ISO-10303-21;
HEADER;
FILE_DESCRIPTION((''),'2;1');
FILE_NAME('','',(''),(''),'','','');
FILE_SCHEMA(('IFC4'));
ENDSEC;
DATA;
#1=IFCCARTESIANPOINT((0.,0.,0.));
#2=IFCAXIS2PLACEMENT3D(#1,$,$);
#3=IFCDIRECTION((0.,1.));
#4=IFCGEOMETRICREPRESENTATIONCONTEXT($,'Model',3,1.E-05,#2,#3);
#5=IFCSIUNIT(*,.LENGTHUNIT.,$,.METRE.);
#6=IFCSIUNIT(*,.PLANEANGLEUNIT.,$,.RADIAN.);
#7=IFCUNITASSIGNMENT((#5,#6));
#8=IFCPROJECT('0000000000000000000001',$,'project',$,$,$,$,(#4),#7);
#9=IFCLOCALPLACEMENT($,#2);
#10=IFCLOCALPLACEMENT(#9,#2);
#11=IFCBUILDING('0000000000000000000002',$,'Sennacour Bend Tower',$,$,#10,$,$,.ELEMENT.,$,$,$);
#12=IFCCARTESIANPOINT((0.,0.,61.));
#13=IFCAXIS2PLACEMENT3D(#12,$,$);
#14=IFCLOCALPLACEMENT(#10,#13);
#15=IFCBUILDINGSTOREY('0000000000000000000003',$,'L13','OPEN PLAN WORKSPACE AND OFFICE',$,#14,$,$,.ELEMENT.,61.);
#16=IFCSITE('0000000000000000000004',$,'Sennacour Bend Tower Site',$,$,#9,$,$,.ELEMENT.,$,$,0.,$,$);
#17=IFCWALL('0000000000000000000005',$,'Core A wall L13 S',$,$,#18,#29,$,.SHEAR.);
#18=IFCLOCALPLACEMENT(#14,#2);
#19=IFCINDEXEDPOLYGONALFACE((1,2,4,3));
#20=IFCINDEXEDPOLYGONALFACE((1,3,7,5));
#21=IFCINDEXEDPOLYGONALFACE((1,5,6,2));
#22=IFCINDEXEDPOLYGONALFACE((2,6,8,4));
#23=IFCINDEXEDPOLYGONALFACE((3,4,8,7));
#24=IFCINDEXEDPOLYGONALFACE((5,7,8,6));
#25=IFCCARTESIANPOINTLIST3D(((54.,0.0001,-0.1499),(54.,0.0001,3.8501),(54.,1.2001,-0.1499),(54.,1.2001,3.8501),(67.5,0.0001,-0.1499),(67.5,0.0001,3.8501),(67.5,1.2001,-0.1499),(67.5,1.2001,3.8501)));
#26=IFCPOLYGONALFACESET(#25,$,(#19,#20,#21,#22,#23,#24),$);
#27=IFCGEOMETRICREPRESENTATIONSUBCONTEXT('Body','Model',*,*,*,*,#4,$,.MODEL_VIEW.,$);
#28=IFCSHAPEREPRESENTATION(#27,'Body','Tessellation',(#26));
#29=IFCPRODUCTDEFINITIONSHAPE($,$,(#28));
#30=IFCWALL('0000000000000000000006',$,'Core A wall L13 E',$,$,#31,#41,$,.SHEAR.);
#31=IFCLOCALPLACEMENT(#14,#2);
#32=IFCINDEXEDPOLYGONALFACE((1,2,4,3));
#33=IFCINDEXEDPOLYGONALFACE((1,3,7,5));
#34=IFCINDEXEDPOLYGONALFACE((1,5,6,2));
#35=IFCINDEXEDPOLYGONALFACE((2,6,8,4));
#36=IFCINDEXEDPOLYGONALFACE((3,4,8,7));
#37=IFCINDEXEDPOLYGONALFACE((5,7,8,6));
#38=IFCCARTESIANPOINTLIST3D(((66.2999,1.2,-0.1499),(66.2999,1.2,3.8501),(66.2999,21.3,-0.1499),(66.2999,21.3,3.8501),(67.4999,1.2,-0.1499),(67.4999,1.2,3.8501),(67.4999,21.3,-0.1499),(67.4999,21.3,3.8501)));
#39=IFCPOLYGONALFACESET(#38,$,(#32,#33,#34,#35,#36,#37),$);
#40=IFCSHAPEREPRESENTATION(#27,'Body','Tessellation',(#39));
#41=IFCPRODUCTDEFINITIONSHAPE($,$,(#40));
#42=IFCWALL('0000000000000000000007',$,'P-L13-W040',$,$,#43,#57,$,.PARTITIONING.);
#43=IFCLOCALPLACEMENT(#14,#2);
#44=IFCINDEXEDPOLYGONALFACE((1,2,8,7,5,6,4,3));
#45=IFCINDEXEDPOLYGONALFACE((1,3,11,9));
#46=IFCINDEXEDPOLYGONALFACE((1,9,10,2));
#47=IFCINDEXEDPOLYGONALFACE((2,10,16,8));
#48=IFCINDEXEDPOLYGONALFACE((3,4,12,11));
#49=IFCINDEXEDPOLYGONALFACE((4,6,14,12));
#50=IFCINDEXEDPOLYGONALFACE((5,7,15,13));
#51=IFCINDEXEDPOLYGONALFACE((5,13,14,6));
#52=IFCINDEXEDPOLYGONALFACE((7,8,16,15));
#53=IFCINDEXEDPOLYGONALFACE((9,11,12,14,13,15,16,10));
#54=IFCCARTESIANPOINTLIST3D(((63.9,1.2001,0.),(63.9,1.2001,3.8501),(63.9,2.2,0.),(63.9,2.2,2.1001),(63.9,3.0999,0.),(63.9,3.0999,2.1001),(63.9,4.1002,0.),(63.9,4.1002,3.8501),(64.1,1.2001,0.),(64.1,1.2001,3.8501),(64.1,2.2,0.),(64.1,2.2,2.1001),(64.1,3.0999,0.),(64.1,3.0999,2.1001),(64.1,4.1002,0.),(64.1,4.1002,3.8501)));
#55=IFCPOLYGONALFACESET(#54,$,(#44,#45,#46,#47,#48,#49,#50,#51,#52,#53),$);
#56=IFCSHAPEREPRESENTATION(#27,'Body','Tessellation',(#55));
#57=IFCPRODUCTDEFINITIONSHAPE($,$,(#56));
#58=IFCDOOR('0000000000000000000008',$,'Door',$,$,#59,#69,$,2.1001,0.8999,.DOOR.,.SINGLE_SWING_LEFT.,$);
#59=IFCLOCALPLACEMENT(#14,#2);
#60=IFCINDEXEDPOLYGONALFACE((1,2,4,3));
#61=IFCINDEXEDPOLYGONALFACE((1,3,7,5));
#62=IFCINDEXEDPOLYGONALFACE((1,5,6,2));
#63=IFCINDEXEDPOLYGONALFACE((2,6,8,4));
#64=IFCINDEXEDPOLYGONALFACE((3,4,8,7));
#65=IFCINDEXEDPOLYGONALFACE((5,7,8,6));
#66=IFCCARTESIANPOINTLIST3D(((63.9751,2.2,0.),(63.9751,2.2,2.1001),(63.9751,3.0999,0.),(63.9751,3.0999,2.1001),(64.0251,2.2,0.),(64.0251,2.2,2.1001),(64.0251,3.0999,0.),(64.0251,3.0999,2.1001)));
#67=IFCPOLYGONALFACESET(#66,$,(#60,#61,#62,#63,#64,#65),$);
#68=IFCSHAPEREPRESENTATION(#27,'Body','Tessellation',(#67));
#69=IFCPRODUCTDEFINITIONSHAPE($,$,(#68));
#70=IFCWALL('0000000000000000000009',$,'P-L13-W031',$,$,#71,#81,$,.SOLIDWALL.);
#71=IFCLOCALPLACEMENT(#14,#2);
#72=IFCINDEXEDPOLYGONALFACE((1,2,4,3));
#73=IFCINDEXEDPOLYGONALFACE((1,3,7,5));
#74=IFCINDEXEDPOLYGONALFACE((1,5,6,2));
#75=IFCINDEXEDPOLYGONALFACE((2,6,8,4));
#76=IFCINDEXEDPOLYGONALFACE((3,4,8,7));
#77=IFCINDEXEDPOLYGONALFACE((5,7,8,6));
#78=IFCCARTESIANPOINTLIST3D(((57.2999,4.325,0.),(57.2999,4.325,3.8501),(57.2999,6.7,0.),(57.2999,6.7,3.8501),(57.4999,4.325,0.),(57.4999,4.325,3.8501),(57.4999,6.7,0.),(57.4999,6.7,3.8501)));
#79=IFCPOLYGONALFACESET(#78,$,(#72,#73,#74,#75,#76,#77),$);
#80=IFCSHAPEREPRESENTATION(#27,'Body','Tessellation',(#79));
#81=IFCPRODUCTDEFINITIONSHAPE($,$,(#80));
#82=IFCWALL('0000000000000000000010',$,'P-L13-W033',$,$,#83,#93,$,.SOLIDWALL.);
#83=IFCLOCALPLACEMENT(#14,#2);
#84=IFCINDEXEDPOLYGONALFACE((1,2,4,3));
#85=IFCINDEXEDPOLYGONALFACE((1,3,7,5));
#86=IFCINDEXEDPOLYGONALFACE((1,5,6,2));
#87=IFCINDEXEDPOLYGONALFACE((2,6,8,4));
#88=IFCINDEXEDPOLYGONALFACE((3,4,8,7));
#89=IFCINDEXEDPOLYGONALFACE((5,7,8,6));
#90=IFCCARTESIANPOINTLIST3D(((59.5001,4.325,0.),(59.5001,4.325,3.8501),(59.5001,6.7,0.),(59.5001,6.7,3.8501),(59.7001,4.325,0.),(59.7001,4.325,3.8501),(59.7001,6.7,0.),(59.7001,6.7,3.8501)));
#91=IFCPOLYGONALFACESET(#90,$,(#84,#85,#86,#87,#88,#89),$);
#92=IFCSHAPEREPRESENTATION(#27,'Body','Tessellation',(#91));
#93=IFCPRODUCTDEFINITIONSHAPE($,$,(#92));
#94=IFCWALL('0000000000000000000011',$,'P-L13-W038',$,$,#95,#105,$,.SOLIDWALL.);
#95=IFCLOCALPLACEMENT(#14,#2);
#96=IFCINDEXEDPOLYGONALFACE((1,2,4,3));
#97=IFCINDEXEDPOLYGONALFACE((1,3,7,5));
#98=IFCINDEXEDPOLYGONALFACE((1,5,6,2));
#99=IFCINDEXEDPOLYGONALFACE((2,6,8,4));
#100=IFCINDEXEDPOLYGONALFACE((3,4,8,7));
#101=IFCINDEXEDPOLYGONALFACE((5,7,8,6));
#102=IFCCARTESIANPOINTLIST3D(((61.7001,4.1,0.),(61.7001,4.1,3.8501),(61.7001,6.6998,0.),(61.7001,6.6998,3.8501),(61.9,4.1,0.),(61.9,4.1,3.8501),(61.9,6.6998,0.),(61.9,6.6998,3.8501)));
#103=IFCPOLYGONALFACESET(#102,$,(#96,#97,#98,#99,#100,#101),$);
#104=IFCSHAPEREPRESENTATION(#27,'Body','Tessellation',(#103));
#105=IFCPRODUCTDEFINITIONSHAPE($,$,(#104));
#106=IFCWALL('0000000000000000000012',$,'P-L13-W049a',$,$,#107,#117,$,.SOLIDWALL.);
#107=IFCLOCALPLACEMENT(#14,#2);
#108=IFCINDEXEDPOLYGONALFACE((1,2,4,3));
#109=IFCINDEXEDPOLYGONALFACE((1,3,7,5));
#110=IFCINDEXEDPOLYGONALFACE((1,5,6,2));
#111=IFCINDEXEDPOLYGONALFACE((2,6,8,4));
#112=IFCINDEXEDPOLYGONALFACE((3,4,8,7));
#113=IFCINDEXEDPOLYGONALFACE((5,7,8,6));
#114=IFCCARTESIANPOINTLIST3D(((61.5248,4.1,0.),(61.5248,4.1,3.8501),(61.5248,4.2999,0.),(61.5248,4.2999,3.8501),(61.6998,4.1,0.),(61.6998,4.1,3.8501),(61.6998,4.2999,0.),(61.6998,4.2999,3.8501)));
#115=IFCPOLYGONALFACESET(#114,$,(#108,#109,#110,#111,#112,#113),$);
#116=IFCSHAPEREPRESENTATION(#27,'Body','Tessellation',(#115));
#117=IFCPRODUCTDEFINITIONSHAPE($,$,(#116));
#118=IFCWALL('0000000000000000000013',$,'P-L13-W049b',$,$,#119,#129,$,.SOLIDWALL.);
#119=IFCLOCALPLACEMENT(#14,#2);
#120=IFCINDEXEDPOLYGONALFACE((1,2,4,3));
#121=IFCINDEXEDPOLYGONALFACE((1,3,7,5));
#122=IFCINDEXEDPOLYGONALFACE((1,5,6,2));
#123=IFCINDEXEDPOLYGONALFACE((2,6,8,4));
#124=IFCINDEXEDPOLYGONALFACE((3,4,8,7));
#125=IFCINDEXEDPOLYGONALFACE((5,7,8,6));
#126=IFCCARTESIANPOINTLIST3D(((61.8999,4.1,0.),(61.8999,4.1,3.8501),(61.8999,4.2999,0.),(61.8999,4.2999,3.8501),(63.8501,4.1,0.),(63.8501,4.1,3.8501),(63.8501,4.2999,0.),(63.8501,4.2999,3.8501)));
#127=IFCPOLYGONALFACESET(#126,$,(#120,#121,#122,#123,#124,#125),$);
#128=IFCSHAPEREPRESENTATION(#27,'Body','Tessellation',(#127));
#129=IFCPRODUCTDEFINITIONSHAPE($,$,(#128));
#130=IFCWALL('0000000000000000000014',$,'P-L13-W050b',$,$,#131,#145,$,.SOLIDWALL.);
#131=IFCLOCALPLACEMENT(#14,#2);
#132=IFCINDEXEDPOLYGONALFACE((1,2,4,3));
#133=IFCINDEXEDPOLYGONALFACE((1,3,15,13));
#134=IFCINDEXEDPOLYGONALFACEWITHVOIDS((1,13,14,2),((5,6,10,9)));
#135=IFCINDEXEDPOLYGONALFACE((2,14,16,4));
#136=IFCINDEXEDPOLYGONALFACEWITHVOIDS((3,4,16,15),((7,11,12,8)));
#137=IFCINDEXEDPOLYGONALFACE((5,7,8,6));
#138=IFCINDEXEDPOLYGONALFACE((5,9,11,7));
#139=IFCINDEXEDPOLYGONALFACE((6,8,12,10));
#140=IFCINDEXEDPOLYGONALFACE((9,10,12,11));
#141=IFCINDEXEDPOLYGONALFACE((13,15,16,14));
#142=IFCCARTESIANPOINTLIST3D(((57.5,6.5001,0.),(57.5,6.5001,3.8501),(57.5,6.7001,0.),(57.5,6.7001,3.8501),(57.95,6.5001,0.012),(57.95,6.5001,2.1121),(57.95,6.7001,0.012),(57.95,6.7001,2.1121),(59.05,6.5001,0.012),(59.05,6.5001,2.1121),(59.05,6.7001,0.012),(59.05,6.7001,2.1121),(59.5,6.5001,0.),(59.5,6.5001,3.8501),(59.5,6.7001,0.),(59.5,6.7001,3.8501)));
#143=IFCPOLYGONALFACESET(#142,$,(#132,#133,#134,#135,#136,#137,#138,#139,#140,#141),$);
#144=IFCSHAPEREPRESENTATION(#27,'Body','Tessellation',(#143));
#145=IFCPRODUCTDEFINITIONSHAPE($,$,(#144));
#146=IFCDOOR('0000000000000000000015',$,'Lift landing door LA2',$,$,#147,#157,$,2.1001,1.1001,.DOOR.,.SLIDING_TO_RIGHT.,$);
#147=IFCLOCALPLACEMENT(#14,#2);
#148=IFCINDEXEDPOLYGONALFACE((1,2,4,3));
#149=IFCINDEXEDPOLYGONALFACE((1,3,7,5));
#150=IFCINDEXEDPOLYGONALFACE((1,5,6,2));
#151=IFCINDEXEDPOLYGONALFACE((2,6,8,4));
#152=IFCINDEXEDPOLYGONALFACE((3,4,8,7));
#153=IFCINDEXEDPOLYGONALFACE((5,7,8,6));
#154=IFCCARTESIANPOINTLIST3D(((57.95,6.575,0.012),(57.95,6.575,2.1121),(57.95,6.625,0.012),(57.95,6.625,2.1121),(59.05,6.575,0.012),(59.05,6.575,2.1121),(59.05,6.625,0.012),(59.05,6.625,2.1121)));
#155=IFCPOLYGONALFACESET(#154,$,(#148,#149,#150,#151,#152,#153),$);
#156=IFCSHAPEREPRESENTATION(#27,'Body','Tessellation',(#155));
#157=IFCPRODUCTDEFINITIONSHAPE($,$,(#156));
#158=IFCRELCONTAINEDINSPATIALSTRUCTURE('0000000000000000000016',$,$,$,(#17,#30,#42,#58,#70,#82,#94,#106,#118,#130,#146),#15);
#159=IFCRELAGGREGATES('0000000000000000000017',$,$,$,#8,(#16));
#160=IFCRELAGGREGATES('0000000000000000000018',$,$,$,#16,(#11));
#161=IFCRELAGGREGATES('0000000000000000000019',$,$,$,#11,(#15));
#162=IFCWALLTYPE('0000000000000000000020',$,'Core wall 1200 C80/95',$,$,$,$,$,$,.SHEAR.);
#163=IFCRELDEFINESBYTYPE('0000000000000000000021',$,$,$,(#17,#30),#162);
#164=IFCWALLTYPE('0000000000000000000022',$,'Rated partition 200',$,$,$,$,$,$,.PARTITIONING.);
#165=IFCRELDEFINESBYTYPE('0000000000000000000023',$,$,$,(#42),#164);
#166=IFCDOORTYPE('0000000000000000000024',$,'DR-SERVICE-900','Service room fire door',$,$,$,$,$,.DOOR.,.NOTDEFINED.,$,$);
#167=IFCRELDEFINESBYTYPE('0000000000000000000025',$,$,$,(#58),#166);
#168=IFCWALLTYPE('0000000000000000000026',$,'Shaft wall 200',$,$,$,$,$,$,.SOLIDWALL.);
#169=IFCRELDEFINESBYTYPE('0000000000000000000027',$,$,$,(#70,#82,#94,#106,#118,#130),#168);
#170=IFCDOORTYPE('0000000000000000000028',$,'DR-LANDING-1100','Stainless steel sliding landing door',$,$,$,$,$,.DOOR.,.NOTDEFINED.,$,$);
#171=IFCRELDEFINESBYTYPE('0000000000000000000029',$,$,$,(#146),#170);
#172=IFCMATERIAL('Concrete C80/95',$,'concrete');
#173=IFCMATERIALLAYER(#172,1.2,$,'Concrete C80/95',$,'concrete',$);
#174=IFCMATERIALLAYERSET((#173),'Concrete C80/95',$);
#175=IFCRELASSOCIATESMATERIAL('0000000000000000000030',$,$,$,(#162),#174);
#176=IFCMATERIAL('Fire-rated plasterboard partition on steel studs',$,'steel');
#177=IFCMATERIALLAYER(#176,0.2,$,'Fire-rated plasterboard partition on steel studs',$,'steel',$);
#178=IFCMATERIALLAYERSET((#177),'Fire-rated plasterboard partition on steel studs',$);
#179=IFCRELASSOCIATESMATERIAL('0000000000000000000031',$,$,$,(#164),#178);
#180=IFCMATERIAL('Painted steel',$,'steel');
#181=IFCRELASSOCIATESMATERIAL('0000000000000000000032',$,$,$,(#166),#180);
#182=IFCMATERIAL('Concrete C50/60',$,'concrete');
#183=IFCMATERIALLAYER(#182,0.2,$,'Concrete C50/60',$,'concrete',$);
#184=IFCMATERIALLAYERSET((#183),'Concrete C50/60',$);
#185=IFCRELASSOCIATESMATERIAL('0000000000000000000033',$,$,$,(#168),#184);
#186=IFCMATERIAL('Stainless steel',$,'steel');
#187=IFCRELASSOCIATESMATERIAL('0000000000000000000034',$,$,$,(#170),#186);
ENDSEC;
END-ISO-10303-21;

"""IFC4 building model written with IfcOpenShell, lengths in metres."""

from ifc_helpers import new_model, si_unit, direction, frame, frame_2d, origin, place, context, subcontext, project, spatial, rectangle, extrude, material, layer, layer_set, type_object, element, fill, save


model = new_model("IFC4")

# Units and contexts
model_context = context("Model", 3, precision=1e-05, world=origin(), true_north=direction((0.0, 1.0)))
body_context = subcontext(model_context, "Body", "Model", "MODEL_VIEW")
ifc_project = project(units=[si_unit("LENGTHUNIT", "METRE"), si_unit("PLANEANGLEUNIT", "RADIAN")], contexts=[model_context])

# Site, building, storey
site_placement = place(None, origin())
site = spatial("IfcSite", under=ifc_project, at=site_placement, Name="Sennacour Bend Tower Site", CompositionType="ELEMENT", RefElevation=0.0)
building_placement = place(site_placement, origin())
building = spatial("IfcBuilding", under=site, at=building_placement, Name="Sennacour Bend Tower", CompositionType="ELEMENT")
storey_placement = place(building_placement, frame((0.0, 0.0, 61.0)))
storey = spatial("IfcBuildingStorey", under=building, at=storey_placement, Name="L13", Description="OPEN PLAN WORKSPACE AND OFFICE", CompositionType="ELEMENT", Elevation=61.0)

# Walls
ifc_material_1 = material(Name="Concrete C80/95", Category="concrete")
ifc_layer_1 = layer(ifc_material_1, 1.2, Name="Concrete C80/95", Category="concrete")
ifc_layer_set_1 = layer_set([ifc_layer_1], Name="Concrete C80/95")
wall_type_1 = type_object("IfcWallType", Name="Core wall 1200 C80/95", PredefinedType="SHEAR", material=ifc_layer_set_1)
wall_1_placement = place(storey_placement, frame((67.5, 0.6001, -0.1499), z_axis=(0.0, 0.0, 1.0), x_axis=(-1.0, 0.0, 0.0)))
element("IfcWall", 1, at=wall_1_placement, inside=storey, type_object=wall_type_1, Name="Core A wall L13 S", PredefinedType="SHEAR", context=body_context, shape_type="SweptSolid", body=[
    extrude(rectangle(XDim=13.5, YDim=1.2, at=frame_2d((6.75, 0.0))), origin(), (0.0, 0.0, 1.0), 4.0),
])
wall_2_placement = place(storey_placement, frame((66.8999, 1.2, -0.1499), z_axis=(0.0, 0.0, 1.0), x_axis=(0.0, 1.0, 0.0)))
element("IfcWall", 2, at=wall_2_placement, inside=storey, type_object=wall_type_1, Name="Core A wall L13 E", PredefinedType="SHEAR", context=body_context, shape_type="SweptSolid", body=[
    extrude(rectangle(XDim=20.1001, YDim=1.2, at=frame_2d((10.05, 0.0))), origin(), (0.0, 0.0, 1.0), 4.0),
])

# Wall, opening, door
ifc_material_2 = material(Name="Fire-rated plasterboard partition on steel studs", Category="steel")
ifc_layer_2 = layer(ifc_material_2, 0.2, Name="Fire-rated plasterboard partition on steel studs", Category="steel")
ifc_layer_set_2 = layer_set([ifc_layer_2], Name="Fire-rated plasterboard partition on steel studs")
wall_type_2 = type_object("IfcWallType", Name="Rated partition 200", PredefinedType="PARTITIONING", material=ifc_layer_set_2)
wall_3_placement = place(storey_placement, frame((64.0, 1.2, 0.0), z_axis=(0.0, 0.0, 1.0), x_axis=(0.0, 1.0, 0.0)))
wall_3 = element("IfcWall", 3, at=wall_3_placement, inside=storey, type_object=wall_type_2, Name="P-L13-W040", PredefinedType="PARTITIONING", context=body_context, shape_type="SweptSolid", body=[
    extrude(rectangle(XDim=2.9001, YDim=0.2, at=frame_2d((1.4502, 0.0))), origin(), (0.0, 0.0, 1.0), 3.8501),
])
opening_1_placement = place(wall_3_placement, frame((1.0, 0.0, 0.0)))
opening_1 = element("IfcOpeningElement", 4, at=opening_1_placement, cuts=wall_3, PredefinedType="OPENING", context=body_context, shape_type="SweptSolid", body=[
    extrude(rectangle(XDim=0.8999, YDim=2.1001, at=frame_2d((0.45, 1.05))), frame((0.0, 0.1099, 0.0), z_axis=(0.0, -1.0, 0.0), x_axis=(1.0, 0.0, 0.0)), (0.0, 0.0, 1.0), 0.22),
])
ifc_material_3 = material(Name="Painted steel", Category="steel")
door_type_1 = type_object("IfcDoorType", Name="DR-SERVICE-900", Description="Service room fire door", OperationType="NOTDEFINED", PredefinedType="DOOR", material=ifc_material_3)
door_1_placement = place(opening_1_placement, origin())
door_1 = element("IfcDoor", 5, at=door_1_placement, inside=storey, type_object=door_type_1, Name="Door", OperationType="SINGLE_SWING_LEFT", OverallHeight=2.1001, OverallWidth=0.8999, PredefinedType="DOOR", context=body_context, shape_type="SweptSolid", body=[
    extrude(rectangle(XDim=0.8999, YDim=2.1001, at=frame_2d((0.45, 1.05))), frame((0.0, 0.0249, 0.0), z_axis=(0.0, -1.0, 0.0), x_axis=(1.0, 0.0, 0.0)), (0.0, 0.0, 1.0), 0.05),
])
fill(opening_1, door_1)

# Walls
ifc_material_4 = material(Name="Concrete C50/60", Category="concrete")
ifc_layer_3 = layer(ifc_material_4, 0.2, Name="Concrete C50/60", Category="concrete")
ifc_layer_set_3 = layer_set([ifc_layer_3], Name="Concrete C50/60")
wall_type_3 = type_object("IfcWallType", Name="Shaft wall 200", PredefinedType="SOLIDWALL", material=ifc_layer_set_3)
for number, where, z_axis, x_axis, name in (
    (6, (57.3999, 4.325, 0.0), (0.0, 0.0, 1.0), (0.0, 1.0, 0.0), "P-L13-W031"),
    (7, (59.6001, 4.325, 0.0), (0.0, 0.0, 1.0), (0.0, 1.0, 0.0), "P-L13-W033"),
):
    element("IfcWall", number, at=place(storey_placement, frame(where, z_axis=z_axis, x_axis=x_axis)), inside=storey, type_object=wall_type_3, Name=name, PredefinedType="SOLIDWALL", context=body_context, shape_type="SweptSolid", body=[
        extrude(rectangle(XDim=2.375, YDim=0.2, at=frame_2d((1.1875, 0.0))), origin(), (0.0, 0.0, 1.0), 3.8501),
    ])
wall_4_placement = place(storey_placement, frame((61.8, 4.1001, 0.0), z_axis=(0.0, 0.0, 1.0), x_axis=(0.0, 1.0, 0.0)))
element("IfcWall", 8, at=wall_4_placement, inside=storey, type_object=wall_type_3, Name="P-L13-W038", PredefinedType="SOLIDWALL", context=body_context, shape_type="SweptSolid", body=[
    extrude(rectangle(XDim=2.5999, YDim=0.2, at=frame_2d((1.2998, 0.0))), origin(), (0.0, 0.0, 1.0), 3.8501),
])
wall_5_placement = place(storey_placement, frame((61.5249, 4.2, 0.0), z_axis=(0.0, 0.0, 1.0), x_axis=(1.0, 0.0, 0.0)))
element("IfcWall", 9, at=wall_5_placement, inside=storey, type_object=wall_type_3, Name="P-L13-W049a", PredefinedType="SOLIDWALL", context=body_context, shape_type="SweptSolid", body=[
    extrude(rectangle(XDim=0.175, YDim=0.2, at=frame_2d((0.0874, 0.0))), origin(), (0.0, 0.0, 1.0), 3.8501),
])
wall_6_placement = place(storey_placement, frame((61.8999, 4.2, 0.0), z_axis=(0.0, 0.0, 1.0), x_axis=(1.0, 0.0, 0.0)))
element("IfcWall", 10, at=wall_6_placement, inside=storey, type_object=wall_type_3, Name="P-L13-W049b", PredefinedType="SOLIDWALL", context=body_context, shape_type="SweptSolid", body=[
    extrude(rectangle(XDim=1.9502, YDim=0.2, at=frame_2d((0.9751, 0.0))), origin(), (0.0, 0.0, 1.0), 3.8501),
])

# Wall, opening, door
wall_7_placement = place(storey_placement, frame((57.5, 6.6001, 0.0), z_axis=(0.0, 0.0, 1.0), x_axis=(1.0, 0.0, 0.0)))
wall_7 = element("IfcWall", 11, at=wall_7_placement, inside=storey, type_object=wall_type_3, Name="P-L13-W050b", PredefinedType="SOLIDWALL", context=body_context, shape_type="SweptSolid", body=[
    extrude(rectangle(XDim=2.0, YDim=0.2, at=frame_2d((1.0, 0.0))), origin(), (0.0, 0.0, 1.0), 3.8501),
])
opening_2_placement = place(wall_7_placement, frame((0.45, 0.0, 0.012)))
opening_2 = element("IfcOpeningElement", 12, at=opening_2_placement, cuts=wall_7, PredefinedType="OPENING", context=body_context, shape_type="SweptSolid", body=[
    extrude(rectangle(XDim=1.1001, YDim=2.1001, at=frame_2d((0.55, 1.05))), frame((0.0, 0.1099, 0.0), z_axis=(0.0, -1.0, 0.0), x_axis=(1.0, 0.0, 0.0)), (0.0, 0.0, 1.0), 0.22),
])
ifc_material_5 = material(Name="Stainless steel", Category="steel")
door_type_2 = type_object("IfcDoorType", Name="DR-LANDING-1100", Description="Stainless steel sliding landing door", OperationType="NOTDEFINED", PredefinedType="DOOR", material=ifc_material_5)
door_2_placement = place(opening_2_placement, origin())
door_2 = element("IfcDoor", 13, at=door_2_placement, inside=storey, type_object=door_type_2, Name="Lift landing door LA2", OperationType="SLIDING_TO_RIGHT", OverallHeight=2.1001, OverallWidth=1.1001, PredefinedType="DOOR", context=body_context, shape_type="SweptSolid", body=[
    extrude(rectangle(XDim=1.1001, YDim=2.1001, at=frame_2d((0.55, 1.05))), frame((0.0, 0.0249, 0.0), z_axis=(0.0, -1.0, 0.0), x_axis=(1.0, 0.0, 0.0)), (0.0, 0.0, 1.0), 0.05),
])
fill(opening_2, door_2)

save(model, "model.ifc")
